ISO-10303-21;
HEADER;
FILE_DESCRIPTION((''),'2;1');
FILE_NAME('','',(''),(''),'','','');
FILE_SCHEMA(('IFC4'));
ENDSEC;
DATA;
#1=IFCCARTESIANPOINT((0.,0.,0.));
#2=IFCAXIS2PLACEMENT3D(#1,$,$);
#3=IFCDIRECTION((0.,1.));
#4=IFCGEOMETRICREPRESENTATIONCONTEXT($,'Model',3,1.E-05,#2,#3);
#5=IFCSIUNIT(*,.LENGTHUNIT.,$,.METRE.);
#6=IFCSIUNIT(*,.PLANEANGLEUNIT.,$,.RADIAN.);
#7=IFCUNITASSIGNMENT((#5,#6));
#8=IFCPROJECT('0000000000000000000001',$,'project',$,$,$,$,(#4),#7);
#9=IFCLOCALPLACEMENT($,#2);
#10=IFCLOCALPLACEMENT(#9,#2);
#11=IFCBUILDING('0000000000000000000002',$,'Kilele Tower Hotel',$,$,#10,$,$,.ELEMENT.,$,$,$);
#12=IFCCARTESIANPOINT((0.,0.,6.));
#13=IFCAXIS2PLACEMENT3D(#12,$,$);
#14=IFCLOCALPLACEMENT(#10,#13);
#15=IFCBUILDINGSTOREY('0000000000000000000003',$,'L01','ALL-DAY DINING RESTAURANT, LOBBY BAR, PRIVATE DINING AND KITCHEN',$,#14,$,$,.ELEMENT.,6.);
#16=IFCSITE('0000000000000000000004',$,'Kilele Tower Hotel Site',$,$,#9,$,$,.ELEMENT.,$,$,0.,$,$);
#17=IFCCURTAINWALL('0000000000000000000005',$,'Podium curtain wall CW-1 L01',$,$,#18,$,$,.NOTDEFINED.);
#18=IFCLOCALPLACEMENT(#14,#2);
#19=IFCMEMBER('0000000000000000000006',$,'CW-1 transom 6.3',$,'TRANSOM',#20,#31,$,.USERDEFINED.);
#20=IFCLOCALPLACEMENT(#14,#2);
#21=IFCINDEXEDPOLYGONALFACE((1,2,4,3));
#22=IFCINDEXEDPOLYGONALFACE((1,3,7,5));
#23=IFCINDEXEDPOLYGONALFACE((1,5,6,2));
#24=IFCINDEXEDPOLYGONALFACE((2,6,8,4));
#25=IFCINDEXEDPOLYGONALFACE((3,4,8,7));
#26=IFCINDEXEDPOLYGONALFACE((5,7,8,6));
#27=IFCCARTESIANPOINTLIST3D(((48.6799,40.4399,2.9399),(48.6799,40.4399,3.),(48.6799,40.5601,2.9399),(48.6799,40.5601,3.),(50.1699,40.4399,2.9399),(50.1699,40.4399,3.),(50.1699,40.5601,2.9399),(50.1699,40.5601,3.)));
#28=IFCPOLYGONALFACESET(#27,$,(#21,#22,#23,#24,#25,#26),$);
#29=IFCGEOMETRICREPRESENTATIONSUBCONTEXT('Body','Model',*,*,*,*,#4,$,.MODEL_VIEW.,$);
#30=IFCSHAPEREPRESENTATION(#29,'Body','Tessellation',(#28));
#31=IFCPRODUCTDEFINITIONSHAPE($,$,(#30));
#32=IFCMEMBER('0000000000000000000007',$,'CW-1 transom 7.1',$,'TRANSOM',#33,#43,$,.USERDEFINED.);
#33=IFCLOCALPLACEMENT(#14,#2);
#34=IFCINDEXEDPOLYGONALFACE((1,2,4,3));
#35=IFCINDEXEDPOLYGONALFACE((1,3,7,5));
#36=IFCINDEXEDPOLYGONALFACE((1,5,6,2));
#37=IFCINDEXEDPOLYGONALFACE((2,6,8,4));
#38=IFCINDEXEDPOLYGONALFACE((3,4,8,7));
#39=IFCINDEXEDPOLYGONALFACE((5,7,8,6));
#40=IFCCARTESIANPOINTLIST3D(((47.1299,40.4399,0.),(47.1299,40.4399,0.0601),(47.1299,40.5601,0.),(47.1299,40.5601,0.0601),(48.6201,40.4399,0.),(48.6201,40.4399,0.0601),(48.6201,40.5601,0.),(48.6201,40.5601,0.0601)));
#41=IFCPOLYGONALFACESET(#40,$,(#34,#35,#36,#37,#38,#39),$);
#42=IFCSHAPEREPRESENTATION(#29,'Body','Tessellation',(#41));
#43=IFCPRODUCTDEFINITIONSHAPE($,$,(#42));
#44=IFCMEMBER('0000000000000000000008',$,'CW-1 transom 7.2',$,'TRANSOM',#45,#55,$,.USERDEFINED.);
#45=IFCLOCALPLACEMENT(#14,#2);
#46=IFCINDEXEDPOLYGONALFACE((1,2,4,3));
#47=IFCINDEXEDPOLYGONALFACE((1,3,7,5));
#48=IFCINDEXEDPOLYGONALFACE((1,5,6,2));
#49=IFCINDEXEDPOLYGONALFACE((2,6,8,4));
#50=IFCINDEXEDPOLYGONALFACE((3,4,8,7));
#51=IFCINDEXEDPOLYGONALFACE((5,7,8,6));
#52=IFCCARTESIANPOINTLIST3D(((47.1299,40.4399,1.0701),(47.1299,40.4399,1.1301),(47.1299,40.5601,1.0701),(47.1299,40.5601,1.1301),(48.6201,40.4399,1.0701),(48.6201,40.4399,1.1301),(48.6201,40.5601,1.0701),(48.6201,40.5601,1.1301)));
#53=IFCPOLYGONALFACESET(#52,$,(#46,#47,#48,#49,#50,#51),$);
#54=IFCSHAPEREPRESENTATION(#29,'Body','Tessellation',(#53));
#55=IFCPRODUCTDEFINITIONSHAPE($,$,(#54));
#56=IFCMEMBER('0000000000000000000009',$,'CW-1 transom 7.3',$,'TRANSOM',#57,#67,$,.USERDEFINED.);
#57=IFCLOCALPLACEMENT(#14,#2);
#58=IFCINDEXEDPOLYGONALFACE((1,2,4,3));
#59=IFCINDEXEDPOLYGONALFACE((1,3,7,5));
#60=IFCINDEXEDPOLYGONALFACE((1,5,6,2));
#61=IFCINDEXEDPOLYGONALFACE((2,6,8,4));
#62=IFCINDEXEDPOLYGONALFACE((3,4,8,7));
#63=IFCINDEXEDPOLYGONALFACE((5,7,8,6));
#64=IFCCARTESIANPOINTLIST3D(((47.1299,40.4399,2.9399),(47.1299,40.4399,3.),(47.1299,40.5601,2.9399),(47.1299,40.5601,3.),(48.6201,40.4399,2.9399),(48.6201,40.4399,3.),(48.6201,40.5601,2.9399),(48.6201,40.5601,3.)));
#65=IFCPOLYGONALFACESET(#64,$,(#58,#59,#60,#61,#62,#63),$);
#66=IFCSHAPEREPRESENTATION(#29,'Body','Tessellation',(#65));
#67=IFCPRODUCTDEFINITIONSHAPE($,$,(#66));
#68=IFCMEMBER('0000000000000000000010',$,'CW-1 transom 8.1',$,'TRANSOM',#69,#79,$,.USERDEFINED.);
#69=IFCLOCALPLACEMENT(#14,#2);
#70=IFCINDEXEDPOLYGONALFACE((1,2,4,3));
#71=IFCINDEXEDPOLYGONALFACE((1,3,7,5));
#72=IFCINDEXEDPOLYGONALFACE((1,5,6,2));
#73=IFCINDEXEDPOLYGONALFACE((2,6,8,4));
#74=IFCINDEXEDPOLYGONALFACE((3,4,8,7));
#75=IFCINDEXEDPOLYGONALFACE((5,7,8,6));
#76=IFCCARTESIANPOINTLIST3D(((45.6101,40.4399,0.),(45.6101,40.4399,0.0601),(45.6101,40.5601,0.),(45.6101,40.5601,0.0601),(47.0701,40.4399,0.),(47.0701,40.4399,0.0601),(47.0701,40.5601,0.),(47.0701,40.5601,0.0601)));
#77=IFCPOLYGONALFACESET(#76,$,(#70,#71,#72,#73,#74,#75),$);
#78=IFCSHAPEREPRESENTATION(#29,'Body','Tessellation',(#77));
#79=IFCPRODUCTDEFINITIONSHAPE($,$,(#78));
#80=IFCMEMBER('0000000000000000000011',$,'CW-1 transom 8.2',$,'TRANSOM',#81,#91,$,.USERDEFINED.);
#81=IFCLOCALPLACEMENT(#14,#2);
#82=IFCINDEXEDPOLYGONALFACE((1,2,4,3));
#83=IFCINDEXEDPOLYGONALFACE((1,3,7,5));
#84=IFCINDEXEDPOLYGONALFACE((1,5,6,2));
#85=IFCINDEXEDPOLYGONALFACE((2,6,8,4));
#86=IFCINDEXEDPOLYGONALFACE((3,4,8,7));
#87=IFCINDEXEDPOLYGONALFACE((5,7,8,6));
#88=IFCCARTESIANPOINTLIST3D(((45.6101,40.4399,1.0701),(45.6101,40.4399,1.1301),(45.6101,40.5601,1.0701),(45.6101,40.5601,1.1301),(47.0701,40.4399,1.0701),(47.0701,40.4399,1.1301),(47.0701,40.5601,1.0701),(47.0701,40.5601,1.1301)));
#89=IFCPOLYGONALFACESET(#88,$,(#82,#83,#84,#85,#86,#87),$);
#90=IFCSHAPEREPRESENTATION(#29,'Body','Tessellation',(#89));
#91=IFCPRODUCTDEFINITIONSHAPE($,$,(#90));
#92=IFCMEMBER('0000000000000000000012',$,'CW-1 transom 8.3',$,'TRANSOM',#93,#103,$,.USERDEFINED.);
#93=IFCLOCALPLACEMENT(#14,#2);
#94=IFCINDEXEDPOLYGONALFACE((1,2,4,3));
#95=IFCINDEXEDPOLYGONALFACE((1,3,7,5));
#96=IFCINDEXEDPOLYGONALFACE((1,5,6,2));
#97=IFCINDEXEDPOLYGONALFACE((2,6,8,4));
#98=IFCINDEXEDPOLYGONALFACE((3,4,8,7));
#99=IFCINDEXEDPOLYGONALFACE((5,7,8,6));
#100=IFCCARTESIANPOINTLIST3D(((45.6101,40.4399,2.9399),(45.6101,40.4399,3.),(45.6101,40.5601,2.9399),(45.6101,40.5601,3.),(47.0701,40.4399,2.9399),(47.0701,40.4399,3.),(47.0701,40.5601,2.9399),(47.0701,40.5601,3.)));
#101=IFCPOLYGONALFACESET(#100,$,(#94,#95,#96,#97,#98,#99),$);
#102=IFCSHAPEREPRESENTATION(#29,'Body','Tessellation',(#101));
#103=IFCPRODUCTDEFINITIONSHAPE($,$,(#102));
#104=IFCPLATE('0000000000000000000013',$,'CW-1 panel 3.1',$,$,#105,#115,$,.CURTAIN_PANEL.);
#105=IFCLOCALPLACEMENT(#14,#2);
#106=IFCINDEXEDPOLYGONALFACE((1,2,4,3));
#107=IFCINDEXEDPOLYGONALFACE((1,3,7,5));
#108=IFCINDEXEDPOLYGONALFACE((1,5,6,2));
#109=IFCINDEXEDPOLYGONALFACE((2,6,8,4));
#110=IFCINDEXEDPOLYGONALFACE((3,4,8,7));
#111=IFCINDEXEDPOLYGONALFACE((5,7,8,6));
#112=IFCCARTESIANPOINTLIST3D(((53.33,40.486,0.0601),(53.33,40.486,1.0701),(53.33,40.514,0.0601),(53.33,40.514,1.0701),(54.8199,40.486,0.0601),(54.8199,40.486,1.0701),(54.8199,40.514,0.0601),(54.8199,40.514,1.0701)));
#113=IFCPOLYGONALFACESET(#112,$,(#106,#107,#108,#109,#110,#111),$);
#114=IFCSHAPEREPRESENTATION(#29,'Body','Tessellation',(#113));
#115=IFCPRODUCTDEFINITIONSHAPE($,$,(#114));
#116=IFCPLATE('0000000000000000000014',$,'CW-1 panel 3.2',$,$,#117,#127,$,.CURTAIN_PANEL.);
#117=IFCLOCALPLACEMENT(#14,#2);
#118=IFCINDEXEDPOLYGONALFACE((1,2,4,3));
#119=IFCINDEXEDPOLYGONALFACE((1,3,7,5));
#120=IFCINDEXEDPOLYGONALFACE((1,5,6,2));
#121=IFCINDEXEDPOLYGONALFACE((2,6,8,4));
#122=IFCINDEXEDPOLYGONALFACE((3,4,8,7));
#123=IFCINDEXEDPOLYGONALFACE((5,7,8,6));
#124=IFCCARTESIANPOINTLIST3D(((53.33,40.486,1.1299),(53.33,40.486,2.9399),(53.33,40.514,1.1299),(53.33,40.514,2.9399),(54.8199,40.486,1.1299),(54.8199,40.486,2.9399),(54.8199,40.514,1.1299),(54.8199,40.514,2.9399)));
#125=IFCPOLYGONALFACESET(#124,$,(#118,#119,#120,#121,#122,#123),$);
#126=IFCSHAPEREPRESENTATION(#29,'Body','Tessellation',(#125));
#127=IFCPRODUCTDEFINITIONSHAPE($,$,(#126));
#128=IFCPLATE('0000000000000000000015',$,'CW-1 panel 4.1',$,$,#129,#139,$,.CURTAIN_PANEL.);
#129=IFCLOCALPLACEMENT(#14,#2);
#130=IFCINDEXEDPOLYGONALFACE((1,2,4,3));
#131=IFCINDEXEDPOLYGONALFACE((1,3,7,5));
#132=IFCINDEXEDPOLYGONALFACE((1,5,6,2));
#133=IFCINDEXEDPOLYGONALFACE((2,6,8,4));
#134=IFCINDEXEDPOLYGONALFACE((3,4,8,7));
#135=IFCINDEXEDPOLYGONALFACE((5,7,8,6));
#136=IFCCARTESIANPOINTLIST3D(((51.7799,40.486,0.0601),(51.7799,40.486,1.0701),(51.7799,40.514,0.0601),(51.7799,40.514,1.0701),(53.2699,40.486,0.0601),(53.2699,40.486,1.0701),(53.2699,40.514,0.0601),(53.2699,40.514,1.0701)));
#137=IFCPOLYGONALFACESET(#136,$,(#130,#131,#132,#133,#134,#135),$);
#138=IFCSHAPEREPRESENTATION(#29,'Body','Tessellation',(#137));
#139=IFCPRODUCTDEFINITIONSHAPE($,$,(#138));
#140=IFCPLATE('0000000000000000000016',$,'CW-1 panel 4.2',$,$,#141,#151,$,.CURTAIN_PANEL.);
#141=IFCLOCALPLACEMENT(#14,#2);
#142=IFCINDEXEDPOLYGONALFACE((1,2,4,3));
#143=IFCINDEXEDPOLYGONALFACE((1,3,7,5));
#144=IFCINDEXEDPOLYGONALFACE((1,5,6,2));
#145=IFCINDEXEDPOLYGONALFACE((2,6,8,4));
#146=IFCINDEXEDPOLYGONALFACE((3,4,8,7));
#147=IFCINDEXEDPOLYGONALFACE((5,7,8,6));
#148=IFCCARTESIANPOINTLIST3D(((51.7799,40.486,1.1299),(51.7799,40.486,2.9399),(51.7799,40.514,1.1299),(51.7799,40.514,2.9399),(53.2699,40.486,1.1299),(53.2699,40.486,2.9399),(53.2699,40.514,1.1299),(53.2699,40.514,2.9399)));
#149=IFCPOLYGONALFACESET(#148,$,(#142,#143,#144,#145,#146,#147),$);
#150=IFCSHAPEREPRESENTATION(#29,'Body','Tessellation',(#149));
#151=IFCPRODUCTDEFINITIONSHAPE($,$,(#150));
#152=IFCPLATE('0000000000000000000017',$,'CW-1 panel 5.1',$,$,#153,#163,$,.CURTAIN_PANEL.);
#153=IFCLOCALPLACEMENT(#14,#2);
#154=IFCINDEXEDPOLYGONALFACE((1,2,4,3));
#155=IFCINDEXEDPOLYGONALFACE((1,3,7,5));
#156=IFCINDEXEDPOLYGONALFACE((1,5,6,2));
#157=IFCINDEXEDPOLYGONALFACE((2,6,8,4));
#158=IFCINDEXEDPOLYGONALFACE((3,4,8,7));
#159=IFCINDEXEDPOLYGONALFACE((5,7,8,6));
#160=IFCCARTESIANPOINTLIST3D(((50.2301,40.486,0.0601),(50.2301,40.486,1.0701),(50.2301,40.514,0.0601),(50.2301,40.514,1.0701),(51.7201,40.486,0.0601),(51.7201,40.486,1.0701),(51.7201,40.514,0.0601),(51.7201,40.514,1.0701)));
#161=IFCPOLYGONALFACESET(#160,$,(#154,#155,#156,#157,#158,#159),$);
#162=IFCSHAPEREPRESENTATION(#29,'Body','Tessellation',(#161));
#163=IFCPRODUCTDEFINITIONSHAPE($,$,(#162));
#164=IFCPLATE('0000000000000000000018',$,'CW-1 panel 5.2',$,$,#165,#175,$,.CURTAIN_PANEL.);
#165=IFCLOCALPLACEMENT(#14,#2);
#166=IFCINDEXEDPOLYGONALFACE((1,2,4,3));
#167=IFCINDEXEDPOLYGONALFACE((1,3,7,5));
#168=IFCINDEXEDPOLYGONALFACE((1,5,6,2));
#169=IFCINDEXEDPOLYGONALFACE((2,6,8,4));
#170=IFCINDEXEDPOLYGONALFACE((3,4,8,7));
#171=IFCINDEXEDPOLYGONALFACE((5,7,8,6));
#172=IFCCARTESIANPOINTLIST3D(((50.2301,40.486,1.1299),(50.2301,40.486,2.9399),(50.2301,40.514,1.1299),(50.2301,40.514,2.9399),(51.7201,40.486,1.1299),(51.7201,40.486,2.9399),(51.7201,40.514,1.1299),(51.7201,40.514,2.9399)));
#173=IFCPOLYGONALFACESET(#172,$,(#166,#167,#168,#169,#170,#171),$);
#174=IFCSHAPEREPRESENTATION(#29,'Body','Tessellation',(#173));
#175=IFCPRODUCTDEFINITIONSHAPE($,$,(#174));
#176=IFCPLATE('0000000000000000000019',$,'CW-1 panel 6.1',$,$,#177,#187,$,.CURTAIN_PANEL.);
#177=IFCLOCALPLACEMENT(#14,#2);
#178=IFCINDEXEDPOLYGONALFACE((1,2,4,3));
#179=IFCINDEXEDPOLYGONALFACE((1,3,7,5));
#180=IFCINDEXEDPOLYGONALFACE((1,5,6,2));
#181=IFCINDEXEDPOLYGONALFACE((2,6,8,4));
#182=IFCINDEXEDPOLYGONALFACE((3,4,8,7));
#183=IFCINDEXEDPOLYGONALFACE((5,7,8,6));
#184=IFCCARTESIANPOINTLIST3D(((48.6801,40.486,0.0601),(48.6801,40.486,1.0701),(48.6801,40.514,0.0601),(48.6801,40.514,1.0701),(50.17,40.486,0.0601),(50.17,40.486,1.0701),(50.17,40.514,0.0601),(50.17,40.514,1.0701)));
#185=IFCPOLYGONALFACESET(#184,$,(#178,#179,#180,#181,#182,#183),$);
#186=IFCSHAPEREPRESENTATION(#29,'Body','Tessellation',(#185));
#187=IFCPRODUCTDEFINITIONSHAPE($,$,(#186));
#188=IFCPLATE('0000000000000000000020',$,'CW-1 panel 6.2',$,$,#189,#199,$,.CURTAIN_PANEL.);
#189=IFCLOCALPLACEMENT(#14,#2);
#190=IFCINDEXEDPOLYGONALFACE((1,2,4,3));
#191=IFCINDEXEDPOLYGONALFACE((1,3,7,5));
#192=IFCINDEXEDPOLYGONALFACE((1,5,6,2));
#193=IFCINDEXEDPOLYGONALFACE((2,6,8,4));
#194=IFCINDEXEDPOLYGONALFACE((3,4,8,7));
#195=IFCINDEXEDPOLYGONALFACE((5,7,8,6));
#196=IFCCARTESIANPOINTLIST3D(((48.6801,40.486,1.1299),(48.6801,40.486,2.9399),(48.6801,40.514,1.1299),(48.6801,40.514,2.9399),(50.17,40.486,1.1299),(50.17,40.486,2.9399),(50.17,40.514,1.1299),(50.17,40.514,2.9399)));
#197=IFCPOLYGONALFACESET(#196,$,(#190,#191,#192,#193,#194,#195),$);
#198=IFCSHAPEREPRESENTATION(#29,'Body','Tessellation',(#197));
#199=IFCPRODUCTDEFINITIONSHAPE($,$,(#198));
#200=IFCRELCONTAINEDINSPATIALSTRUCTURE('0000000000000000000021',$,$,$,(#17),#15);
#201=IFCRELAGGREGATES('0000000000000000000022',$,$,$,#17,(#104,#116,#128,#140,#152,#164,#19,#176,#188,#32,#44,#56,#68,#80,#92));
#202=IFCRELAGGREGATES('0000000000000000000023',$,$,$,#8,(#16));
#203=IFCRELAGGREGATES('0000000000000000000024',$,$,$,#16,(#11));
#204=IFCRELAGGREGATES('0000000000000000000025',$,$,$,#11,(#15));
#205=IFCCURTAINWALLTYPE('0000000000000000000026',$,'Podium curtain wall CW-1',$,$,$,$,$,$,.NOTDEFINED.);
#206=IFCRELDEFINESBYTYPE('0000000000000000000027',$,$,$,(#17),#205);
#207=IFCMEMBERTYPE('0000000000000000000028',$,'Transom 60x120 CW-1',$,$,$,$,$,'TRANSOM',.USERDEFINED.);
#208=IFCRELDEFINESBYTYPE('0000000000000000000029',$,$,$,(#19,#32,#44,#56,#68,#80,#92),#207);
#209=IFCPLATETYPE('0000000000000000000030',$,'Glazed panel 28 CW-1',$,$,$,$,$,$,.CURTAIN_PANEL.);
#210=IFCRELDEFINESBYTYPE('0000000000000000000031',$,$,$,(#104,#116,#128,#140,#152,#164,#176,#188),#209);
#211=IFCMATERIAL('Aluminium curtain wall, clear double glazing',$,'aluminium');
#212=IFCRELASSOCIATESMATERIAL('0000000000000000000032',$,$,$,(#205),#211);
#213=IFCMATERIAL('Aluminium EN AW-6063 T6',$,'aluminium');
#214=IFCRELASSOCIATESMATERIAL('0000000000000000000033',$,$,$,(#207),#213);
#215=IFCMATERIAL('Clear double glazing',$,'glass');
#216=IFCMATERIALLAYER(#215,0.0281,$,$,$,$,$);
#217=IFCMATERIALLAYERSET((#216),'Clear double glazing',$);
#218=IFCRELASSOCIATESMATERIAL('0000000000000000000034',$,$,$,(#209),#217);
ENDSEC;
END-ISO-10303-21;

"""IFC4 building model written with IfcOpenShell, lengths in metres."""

from ifc_helpers import new_model, si_unit, direction, frame, origin, origin_2d, place, context, subcontext, project, spatial, rectangle, extrude, material, layer, layer_set, material_profile, profile_set, type_object, element, aggregate, save


model = new_model("IFC4")

# Units and contexts
model_context = context("Model", 3, precision=1e-05, world=origin(), true_north=direction((0.0, 1.0)))
body_context = subcontext(model_context, "Body", "Model", "MODEL_VIEW")
ifc_project = project(units=[si_unit("LENGTHUNIT", "METRE"), si_unit("PLANEANGLEUNIT", "RADIAN")], contexts=[model_context])

# Site, building, storey
site_placement = place(None, origin())
site = spatial("IfcSite", under=ifc_project, at=site_placement, Name="Kilele Tower Hotel Site", CompositionType="ELEMENT", RefElevation=0.0)
building_placement = place(site_placement, origin())
building = spatial("IfcBuilding", under=site, at=building_placement, Name="Kilele Tower Hotel", CompositionType="ELEMENT")
storey_placement = place(building_placement, frame((0.0, 0.0, 6.0)))
storey = spatial("IfcBuildingStorey", under=building, at=storey_placement, Name="L01", Description="ALL-DAY DINING RESTAURANT, LOBBY BAR, PRIVATE DINING AND KITCHEN", CompositionType="ELEMENT", Elevation=6.0)

# Curtain wall, members, plates
ifc_material_1 = material(Name="Aluminium curtain wall, clear double glazing", Category="aluminium")
curtain_wall_type = type_object("IfcCurtainWallType", Name="Podium curtain wall CW-1", PredefinedType="NOTDEFINED", material=ifc_material_1)
curtain_wall_placement = place(storey_placement, origin())
curtain_wall = element("IfcCurtainWall", 1, at=curtain_wall_placement, inside=storey, type_object=curtain_wall_type, Name="Podium curtain wall CW-1 L01", PredefinedType="NOTDEFINED")
ifc_material_2 = material(Name="Aluminium EN AW-6063 T6", Category="aluminium")
ifc_material_profile_1 = material_profile(ifc_material_2, rectangle(XDim=0.1201, YDim=0.0601, at=origin_2d()))
ifc_profile_set_1 = profile_set([ifc_material_profile_1], Name="Aluminium EN AW-6063 T6")
member_type_1 = type_object("IfcMemberType", Name="Transom 60x120 CW-1", ElementType="TRANSOM", PredefinedType="USERDEFINED", material=ifc_profile_set_1)
member_1_placement = place(storey_placement, frame((50.1699, 40.5, 2.97), z_axis=(-1.0, 0.0, 0.0), x_axis=(0.0, -1.0, 0.0)))
member_1 = element("IfcMember", 2, at=member_1_placement, type_object=member_type_1, Name="CW-1 transom 6.3", ObjectType="TRANSOM", PredefinedType="USERDEFINED", context=body_context, shape_type="SweptSolid", body=[
    extrude(rectangle(XDim=0.1201, YDim=0.0601, at=origin_2d()), origin(), (0.0, 0.0, 1.0), 1.49),
])
member_2_placement = place(storey_placement, frame((48.6201, 40.5, 0.03), z_axis=(-1.0, 0.0, 0.0), x_axis=(0.0, -1.0, 0.0)))
member_2 = element("IfcMember", 3, at=member_2_placement, type_object=member_type_1, Name="CW-1 transom 7.1", ObjectType="TRANSOM", PredefinedType="USERDEFINED", context=body_context, shape_type="SweptSolid", body=[
    extrude(rectangle(XDim=0.1201, YDim=0.0601, at=origin_2d()), origin(), (0.0, 0.0, 1.0), 1.4902),
])
member_3_placement = place(storey_placement, frame((48.6201, 40.5, 1.1001), z_axis=(-1.0, 0.0, 0.0), x_axis=(0.0, -1.0, 0.0)))
member_3 = element("IfcMember", 4, at=member_3_placement, type_object=member_type_1, Name="CW-1 transom 7.2", ObjectType="TRANSOM", PredefinedType="USERDEFINED", context=body_context, shape_type="SweptSolid", body=[
    extrude(rectangle(XDim=0.1201, YDim=0.0601, at=origin_2d()), origin(), (0.0, 0.0, 1.0), 1.4902),
])
member_4_placement = place(storey_placement, frame((48.6201, 40.5, 2.97), z_axis=(-1.0, 0.0, 0.0), x_axis=(0.0, -1.0, 0.0)))
member_4 = element("IfcMember", 5, at=member_4_placement, type_object=member_type_1, Name="CW-1 transom 7.3", ObjectType="TRANSOM", PredefinedType="USERDEFINED", context=body_context, shape_type="SweptSolid", body=[
    extrude(rectangle(XDim=0.1201, YDim=0.0601, at=origin_2d()), origin(), (0.0, 0.0, 1.0), 1.4902),
])
member_5_placement = place(storey_placement, frame((47.0701, 40.5, 0.03), z_axis=(-1.0, 0.0, 0.0), x_axis=(0.0, -1.0, 0.0)))
member_5 = element("IfcMember", 6, at=member_5_placement, type_object=member_type_1, Name="CW-1 transom 8.1", ObjectType="TRANSOM", PredefinedType="USERDEFINED", context=body_context, shape_type="SweptSolid", body=[
    extrude(rectangle(XDim=0.1201, YDim=0.0601, at=origin_2d()), origin(), (0.0, 0.0, 1.0), 1.46),
])
member_6_placement = place(storey_placement, frame((47.0701, 40.5, 1.1001), z_axis=(-1.0, 0.0, 0.0), x_axis=(0.0, -1.0, 0.0)))
member_6 = element("IfcMember", 7, at=member_6_placement, type_object=member_type_1, Name="CW-1 transom 8.2", ObjectType="TRANSOM", PredefinedType="USERDEFINED", context=body_context, shape_type="SweptSolid", body=[
    extrude(rectangle(XDim=0.1201, YDim=0.0601, at=origin_2d()), origin(), (0.0, 0.0, 1.0), 1.46),
])
member_7_placement = place(storey_placement, frame((47.0701, 40.5, 2.97), z_axis=(-1.0, 0.0, 0.0), x_axis=(0.0, -1.0, 0.0)))
member_7 = element("IfcMember", 8, at=member_7_placement, type_object=member_type_1, Name="CW-1 transom 8.3", ObjectType="TRANSOM", PredefinedType="USERDEFINED", context=body_context, shape_type="SweptSolid", body=[
    extrude(rectangle(XDim=0.1201, YDim=0.0601, at=origin_2d()), origin(), (0.0, 0.0, 1.0), 1.46),
])
ifc_material_3 = material(Name="Clear double glazing", Category="glass")
ifc_layer = layer(ifc_material_3, 0.0281)
ifc_layer_set = layer_set([ifc_layer], Name="Clear double glazing")
plate_type = type_object("IfcPlateType", Name="Glazed panel 28 CW-1", PredefinedType="CURTAIN_PANEL", material=ifc_layer_set)
plate_1_placement = place(storey_placement, frame((54.075, 40.5, 0.0601), z_axis=(0.0, 0.0, 1.0), x_axis=(-1.0, 0.0, 0.0)))
plate_1 = element("IfcPlate", 9, at=plate_1_placement, type_object=plate_type, Name="CW-1 panel 3.1", PredefinedType="CURTAIN_PANEL", context=body_context, shape_type="SweptSolid", body=[
    extrude(rectangle(XDim=1.49, YDim=0.0281, at=origin_2d()), origin(), (0.0, 0.0, 1.0), 1.01),
])
plate_2_placement = place(storey_placement, frame((54.075, 40.5, 1.1299), z_axis=(0.0, 0.0, 1.0), x_axis=(-1.0, 0.0, 0.0)))
plate_2 = element("IfcPlate", 10, at=plate_2_placement, type_object=plate_type, Name="CW-1 panel 3.2", PredefinedType="CURTAIN_PANEL", context=body_context, shape_type="SweptSolid", body=[
    extrude(rectangle(XDim=1.49, YDim=0.0281, at=origin_2d()), origin(), (0.0, 0.0, 1.0), 1.8101),
])
plate_3_placement = place(storey_placement, frame((52.5249, 40.5, 0.0601), z_axis=(0.0, 0.0, 1.0), x_axis=(-1.0, 0.0, 0.0)))
plate_3 = element("IfcPlate", 11, at=plate_3_placement, type_object=plate_type, Name="CW-1 panel 4.1", PredefinedType="CURTAIN_PANEL", context=body_context, shape_type="SweptSolid", body=[
    extrude(rectangle(XDim=1.49, YDim=0.0281, at=origin_2d()), origin(), (0.0, 0.0, 1.0), 1.01),
])
plate_4_placement = place(storey_placement, frame((52.5249, 40.5, 1.1299), z_axis=(0.0, 0.0, 1.0), x_axis=(-1.0, 0.0, 0.0)))
plate_4 = element("IfcPlate", 12, at=plate_4_placement, type_object=plate_type, Name="CW-1 panel 4.2", PredefinedType="CURTAIN_PANEL", context=body_context, shape_type="SweptSolid", body=[
    extrude(rectangle(XDim=1.49, YDim=0.0281, at=origin_2d()), origin(), (0.0, 0.0, 1.0), 1.8101),
])
plate_5_placement = place(storey_placement, frame((50.9751, 40.5, 0.0601), z_axis=(0.0, 0.0, 1.0), x_axis=(-1.0, 0.0, 0.0)))
plate_5 = element("IfcPlate", 13, at=plate_5_placement, type_object=plate_type, Name="CW-1 panel 5.1", PredefinedType="CURTAIN_PANEL", context=body_context, shape_type="SweptSolid", body=[
    extrude(rectangle(XDim=1.49, YDim=0.0281, at=origin_2d()), origin(), (0.0, 0.0, 1.0), 1.01),
])
plate_6_placement = place(storey_placement, frame((50.9751, 40.5, 1.1299), z_axis=(0.0, 0.0, 1.0), x_axis=(-1.0, 0.0, 0.0)))
plate_6 = element("IfcPlate", 14, at=plate_6_placement, type_object=plate_type, Name="CW-1 panel 5.2", PredefinedType="CURTAIN_PANEL", context=body_context, shape_type="SweptSolid", body=[
    extrude(rectangle(XDim=1.49, YDim=0.0281, at=origin_2d()), origin(), (0.0, 0.0, 1.0), 1.8101),
])
plate_7_placement = place(storey_placement, frame((49.425, 40.5, 0.0601), z_axis=(0.0, 0.0, 1.0), x_axis=(-1.0, 0.0, 0.0)))
plate_7 = element("IfcPlate", 15, at=plate_7_placement, type_object=plate_type, Name="CW-1 panel 6.1", PredefinedType="CURTAIN_PANEL", context=body_context, shape_type="SweptSolid", body=[
    extrude(rectangle(XDim=1.49, YDim=0.0281, at=origin_2d()), origin(), (0.0, 0.0, 1.0), 1.01),
])
plate_8_placement = place(storey_placement, frame((49.425, 40.5, 1.1299), z_axis=(0.0, 0.0, 1.0), x_axis=(-1.0, 0.0, 0.0)))
plate_8 = element("IfcPlate", 16, at=plate_8_placement, type_object=plate_type, Name="CW-1 panel 6.2", PredefinedType="CURTAIN_PANEL", context=body_context, shape_type="SweptSolid", body=[
    extrude(rectangle(XDim=1.49, YDim=0.0281, at=origin_2d()), origin(), (0.0, 0.0, 1.0), 1.8101),
])
aggregate(curtain_wall, [plate_1, plate_2, plate_3, plate_4, plate_5, plate_6, member_1, plate_7, plate_8, member_2, member_3, member_4, member_5, member_6, member_7])

save(model, "model.ifc")
